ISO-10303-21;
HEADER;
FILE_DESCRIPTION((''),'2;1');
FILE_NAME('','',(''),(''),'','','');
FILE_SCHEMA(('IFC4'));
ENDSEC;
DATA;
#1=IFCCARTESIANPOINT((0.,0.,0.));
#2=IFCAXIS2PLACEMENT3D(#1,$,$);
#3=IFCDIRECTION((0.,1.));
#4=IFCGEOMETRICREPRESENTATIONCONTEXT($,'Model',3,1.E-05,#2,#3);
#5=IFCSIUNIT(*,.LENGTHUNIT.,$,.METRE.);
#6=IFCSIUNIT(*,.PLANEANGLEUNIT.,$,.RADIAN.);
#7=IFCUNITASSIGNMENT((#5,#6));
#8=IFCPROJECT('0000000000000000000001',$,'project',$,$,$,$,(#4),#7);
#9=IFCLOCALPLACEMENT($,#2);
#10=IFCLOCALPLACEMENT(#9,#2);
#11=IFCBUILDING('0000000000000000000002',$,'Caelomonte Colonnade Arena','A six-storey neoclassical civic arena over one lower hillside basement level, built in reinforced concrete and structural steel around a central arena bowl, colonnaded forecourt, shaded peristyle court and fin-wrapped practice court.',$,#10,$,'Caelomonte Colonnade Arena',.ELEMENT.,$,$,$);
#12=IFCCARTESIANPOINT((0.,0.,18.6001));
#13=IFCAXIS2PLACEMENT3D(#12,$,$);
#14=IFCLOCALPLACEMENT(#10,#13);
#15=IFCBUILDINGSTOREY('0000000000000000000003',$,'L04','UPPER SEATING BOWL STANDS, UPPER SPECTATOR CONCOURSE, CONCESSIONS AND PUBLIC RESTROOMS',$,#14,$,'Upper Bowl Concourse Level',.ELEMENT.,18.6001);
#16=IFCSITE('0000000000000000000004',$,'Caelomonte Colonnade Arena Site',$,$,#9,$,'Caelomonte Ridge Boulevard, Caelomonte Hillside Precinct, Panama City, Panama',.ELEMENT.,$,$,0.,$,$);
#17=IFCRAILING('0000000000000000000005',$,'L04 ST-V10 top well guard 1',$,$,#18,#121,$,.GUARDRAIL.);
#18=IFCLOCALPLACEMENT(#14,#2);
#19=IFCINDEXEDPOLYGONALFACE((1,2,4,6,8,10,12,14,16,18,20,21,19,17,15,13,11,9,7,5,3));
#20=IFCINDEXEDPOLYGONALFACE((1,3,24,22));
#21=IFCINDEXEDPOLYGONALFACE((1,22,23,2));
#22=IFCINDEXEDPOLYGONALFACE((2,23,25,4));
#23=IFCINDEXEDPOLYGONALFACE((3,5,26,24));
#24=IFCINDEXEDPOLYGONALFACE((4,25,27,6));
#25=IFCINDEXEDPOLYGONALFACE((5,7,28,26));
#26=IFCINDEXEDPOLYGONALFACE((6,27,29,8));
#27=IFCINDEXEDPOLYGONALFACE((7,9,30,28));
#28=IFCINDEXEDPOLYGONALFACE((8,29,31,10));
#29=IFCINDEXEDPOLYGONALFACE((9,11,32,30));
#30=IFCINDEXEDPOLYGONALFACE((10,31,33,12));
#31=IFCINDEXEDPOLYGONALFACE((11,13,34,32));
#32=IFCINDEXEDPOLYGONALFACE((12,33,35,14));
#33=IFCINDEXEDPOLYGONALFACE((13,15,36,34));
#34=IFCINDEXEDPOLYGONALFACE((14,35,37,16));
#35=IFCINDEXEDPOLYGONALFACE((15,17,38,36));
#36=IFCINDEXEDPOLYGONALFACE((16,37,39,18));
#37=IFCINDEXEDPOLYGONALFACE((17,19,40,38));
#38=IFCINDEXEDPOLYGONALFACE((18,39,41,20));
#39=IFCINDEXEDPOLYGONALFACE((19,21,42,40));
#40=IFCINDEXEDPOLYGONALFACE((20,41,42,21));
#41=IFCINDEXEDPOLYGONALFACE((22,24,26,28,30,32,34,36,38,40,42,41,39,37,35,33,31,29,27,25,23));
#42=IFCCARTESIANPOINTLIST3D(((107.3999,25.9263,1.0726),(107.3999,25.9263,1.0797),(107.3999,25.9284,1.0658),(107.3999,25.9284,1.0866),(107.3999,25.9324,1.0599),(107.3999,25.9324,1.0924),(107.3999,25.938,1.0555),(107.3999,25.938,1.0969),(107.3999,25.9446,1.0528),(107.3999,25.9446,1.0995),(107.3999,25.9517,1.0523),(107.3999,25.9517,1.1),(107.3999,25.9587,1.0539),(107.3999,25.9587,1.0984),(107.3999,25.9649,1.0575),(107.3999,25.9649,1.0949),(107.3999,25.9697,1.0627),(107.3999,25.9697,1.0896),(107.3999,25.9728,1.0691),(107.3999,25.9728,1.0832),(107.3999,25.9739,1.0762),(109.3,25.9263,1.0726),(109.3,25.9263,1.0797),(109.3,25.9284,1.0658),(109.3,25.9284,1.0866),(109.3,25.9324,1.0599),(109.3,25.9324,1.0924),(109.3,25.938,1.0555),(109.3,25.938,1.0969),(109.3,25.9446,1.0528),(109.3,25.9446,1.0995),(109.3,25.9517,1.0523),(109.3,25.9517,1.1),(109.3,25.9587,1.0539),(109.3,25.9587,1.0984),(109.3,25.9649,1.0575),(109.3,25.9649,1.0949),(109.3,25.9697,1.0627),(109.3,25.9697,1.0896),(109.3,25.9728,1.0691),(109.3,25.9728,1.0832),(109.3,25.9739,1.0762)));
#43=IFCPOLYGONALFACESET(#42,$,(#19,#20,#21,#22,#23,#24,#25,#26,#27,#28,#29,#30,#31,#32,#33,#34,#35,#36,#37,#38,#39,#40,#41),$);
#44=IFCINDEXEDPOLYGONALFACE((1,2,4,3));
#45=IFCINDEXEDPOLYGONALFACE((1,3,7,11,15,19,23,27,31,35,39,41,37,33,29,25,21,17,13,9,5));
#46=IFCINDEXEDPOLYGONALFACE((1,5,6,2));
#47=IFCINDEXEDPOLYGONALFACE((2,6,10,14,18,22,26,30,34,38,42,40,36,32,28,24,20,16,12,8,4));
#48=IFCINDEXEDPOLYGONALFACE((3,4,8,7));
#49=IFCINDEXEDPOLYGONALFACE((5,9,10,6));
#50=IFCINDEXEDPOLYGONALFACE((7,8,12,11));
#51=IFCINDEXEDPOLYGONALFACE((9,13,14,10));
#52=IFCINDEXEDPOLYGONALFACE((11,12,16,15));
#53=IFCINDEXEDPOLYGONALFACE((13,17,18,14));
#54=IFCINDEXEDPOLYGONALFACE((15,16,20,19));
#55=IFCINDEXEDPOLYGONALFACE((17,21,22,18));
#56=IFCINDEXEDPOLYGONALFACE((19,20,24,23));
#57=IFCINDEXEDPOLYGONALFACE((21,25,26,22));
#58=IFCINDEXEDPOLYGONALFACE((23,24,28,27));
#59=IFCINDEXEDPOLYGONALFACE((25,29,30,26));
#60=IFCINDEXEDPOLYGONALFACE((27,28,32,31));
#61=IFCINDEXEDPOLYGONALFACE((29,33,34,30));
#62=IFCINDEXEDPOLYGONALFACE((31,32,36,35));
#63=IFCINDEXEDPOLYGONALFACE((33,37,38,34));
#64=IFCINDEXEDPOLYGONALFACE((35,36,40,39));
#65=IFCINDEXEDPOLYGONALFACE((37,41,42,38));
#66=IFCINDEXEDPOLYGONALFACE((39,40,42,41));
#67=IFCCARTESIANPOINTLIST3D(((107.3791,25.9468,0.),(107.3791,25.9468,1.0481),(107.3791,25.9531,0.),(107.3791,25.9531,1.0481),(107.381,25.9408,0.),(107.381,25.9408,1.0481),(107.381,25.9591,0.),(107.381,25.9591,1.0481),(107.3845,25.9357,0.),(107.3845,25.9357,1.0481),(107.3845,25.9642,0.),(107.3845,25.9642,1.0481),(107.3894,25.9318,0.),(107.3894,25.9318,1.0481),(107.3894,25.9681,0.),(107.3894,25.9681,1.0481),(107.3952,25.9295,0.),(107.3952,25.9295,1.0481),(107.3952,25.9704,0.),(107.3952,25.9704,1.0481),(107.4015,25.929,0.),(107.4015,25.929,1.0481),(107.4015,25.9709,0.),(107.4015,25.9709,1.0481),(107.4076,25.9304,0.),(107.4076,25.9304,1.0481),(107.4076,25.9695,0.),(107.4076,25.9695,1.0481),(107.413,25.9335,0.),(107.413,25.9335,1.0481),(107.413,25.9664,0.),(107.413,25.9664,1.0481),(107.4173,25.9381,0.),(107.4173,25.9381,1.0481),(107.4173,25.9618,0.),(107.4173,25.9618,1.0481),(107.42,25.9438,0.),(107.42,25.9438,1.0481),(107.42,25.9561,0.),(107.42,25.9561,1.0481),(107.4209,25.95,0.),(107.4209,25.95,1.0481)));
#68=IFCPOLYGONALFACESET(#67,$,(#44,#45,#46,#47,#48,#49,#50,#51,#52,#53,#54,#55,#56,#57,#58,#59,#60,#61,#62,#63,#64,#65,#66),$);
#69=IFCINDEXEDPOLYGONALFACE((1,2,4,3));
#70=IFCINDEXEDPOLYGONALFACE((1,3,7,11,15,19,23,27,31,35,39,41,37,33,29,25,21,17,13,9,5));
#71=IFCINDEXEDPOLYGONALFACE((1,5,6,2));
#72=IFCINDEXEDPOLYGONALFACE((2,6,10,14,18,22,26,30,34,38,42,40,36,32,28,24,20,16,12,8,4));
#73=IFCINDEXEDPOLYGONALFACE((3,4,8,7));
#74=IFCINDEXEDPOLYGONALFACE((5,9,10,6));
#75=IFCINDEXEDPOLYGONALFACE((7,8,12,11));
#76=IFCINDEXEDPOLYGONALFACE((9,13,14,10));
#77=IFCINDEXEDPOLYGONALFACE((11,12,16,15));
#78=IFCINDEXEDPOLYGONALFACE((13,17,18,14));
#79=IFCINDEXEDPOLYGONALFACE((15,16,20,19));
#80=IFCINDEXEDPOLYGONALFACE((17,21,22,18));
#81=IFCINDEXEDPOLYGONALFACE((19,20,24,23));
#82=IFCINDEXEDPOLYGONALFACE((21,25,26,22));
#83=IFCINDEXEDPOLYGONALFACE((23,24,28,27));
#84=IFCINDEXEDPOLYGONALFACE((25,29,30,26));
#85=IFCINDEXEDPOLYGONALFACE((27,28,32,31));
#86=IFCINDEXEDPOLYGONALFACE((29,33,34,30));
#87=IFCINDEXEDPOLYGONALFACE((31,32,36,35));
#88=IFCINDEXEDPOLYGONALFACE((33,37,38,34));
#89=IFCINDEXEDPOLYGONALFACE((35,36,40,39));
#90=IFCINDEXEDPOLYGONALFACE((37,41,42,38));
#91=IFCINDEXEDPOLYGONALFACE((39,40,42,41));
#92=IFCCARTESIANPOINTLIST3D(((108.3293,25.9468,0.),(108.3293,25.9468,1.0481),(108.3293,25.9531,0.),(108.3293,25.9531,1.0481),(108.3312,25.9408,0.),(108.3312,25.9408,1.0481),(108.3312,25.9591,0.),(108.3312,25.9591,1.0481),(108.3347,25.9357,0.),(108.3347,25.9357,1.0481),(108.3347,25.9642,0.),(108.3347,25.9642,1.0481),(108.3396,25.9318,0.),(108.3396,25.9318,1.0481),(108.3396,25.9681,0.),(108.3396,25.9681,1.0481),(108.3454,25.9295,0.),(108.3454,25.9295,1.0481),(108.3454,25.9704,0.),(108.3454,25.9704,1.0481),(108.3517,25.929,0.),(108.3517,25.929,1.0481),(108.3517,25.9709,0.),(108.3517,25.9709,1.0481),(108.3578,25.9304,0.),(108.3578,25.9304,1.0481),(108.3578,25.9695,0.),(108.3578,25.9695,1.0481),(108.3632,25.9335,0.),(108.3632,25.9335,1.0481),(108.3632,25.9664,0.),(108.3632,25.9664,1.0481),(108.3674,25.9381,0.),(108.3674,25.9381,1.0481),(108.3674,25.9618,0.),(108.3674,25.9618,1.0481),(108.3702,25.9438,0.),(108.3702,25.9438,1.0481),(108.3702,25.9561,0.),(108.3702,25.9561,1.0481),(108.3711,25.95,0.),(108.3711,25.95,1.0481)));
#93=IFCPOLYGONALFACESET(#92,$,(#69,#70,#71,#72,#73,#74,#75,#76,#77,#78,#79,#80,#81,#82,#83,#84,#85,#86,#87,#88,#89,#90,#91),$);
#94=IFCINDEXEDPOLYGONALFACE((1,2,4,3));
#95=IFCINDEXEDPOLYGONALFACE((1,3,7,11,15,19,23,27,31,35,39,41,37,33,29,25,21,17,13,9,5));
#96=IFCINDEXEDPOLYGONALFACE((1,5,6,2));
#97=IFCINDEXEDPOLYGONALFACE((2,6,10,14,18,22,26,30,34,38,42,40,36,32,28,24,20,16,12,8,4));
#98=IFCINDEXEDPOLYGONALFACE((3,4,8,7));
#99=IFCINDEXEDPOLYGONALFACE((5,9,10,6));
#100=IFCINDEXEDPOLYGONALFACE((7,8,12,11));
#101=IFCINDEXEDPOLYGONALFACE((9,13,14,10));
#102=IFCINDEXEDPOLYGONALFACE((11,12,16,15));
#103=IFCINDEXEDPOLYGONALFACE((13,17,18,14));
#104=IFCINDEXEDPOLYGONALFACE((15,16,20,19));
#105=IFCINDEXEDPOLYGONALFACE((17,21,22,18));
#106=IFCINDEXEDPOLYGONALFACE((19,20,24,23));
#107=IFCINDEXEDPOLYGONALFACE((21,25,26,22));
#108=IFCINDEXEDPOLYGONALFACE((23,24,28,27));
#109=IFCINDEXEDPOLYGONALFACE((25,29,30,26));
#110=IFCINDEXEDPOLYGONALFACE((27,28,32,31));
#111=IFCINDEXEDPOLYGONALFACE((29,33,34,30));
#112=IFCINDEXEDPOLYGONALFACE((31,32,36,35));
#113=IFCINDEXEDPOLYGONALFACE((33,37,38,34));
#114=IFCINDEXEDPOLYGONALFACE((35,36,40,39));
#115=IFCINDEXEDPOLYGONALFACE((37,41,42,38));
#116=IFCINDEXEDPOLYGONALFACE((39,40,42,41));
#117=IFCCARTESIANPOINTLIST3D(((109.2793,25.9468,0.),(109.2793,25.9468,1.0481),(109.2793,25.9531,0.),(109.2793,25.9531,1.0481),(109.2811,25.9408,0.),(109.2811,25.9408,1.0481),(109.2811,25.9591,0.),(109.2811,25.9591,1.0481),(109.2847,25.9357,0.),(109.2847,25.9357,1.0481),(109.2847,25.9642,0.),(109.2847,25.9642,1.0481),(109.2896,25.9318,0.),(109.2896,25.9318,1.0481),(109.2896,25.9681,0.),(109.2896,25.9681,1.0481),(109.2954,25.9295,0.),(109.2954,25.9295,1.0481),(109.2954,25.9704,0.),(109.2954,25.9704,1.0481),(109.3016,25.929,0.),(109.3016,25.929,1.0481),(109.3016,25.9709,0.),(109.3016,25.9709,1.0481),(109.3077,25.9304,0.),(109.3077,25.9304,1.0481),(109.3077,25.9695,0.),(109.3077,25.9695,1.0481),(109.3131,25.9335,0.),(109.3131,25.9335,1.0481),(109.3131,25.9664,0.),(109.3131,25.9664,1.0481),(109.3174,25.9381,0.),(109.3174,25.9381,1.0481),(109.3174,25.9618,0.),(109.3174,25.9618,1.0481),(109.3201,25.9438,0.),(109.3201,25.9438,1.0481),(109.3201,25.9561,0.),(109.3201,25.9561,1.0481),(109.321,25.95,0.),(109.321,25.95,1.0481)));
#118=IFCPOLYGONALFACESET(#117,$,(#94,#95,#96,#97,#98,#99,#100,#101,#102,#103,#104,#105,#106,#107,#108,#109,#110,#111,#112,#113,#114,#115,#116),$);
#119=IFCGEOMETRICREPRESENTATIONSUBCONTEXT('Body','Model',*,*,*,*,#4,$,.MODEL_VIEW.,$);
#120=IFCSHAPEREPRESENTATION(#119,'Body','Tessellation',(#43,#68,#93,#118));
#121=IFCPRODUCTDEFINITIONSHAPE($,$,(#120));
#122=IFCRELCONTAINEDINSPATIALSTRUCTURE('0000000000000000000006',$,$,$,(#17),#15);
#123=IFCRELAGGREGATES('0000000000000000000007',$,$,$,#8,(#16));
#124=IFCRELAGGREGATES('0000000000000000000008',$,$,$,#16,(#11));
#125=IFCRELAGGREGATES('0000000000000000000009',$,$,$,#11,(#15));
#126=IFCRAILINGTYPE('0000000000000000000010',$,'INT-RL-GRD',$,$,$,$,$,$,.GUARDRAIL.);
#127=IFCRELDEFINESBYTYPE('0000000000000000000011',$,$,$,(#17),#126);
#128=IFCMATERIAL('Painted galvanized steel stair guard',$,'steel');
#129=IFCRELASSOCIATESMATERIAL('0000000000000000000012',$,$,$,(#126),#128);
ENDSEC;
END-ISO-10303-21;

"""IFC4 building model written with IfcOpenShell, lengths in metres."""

from ifc_helpers import new_model, si_unit, direction, frame, origin, origin_2d, place, context, subcontext, project, spatial, circle, extrude, material, type_object, element, save


model = new_model("IFC4")

# Units and contexts
model_context = context("Model", 3, precision=1e-05, world=origin(), true_north=direction((0.0, 1.0)))
body_context = subcontext(model_context, "Body", "Model", "MODEL_VIEW")
ifc_project = project(units=[si_unit("LENGTHUNIT", "METRE"), si_unit("PLANEANGLEUNIT", "RADIAN")], contexts=[model_context])

# Site, building, storey
site_placement = place(None, origin())
site = spatial("IfcSite", under=ifc_project, at=site_placement, Name="Caelomonte Colonnade Arena Site", LongName="Caelomonte Ridge Boulevard, Caelomonte Hillside Precinct, Panama City, Panama", CompositionType="ELEMENT", RefElevation=0.0)
building_placement = place(site_placement, origin())
building = spatial("IfcBuilding", under=site, at=building_placement, Name="Caelomonte Colonnade Arena", Description="A six-storey neoclassical civic arena over one lower hillside basement level, built in reinforced concrete and structural steel around a central arena bowl, colonnaded forecourt, shaded peristyle court and fin-wrapped practice court.", LongName="Caelomonte Colonnade Arena", CompositionType="ELEMENT")
storey_placement = place(building_placement, frame((0.0, 0.0, 18.6001)))
storey = spatial("IfcBuildingStorey", under=building, at=storey_placement, Name="L04", Description="UPPER SEATING BOWL STANDS, UPPER SPECTATOR CONCOURSE, CONCESSIONS AND PUBLIC RESTROOMS", LongName="Upper Bowl Concourse Level", CompositionType="ELEMENT", Elevation=18.6001)

# Railing
ifc_material_1 = material(Name="Painted galvanized steel stair guard", Category="steel")
railing_type_1 = type_object("IfcRailingType", Name="INT-RL-GRD", PredefinedType="GUARDRAIL", material=ifc_material_1)
railing_1_placement = place(storey_placement, frame((107.3999, 25.95, 0.0)))
element("IfcRailing", 1, at=railing_1_placement, inside=storey, type_object=railing_type_1, Name="L04 ST-V10 top well guard 1", PredefinedType="GUARDRAIL", context=body_context, shape_type="SweptSolid", body=[
    extrude(circle(Radius=0.0239, at=origin_2d()), frame((0.0, 0.0, 1.0762), z_axis=(1.0, 0.0, 0.0), x_axis=(0.0, 1.0, 0.0)), (0.0, 0.0, 1.0), 1.9001),
    extrude(circle(Radius=0.021, at=origin_2d()), origin(), (0.0, 0.0, 1.0), 1.0481),
    extrude(circle(Radius=0.021, at=origin_2d()), frame((0.9502, 0.0, 0.0)), (0.0, 0.0, 1.0), 1.0481),
    extrude(circle(Radius=0.021, at=origin_2d()), frame((1.9001, 0.0, 0.0)), (0.0, 0.0, 1.0), 1.0481),
])

save(model, "model.ifc")
